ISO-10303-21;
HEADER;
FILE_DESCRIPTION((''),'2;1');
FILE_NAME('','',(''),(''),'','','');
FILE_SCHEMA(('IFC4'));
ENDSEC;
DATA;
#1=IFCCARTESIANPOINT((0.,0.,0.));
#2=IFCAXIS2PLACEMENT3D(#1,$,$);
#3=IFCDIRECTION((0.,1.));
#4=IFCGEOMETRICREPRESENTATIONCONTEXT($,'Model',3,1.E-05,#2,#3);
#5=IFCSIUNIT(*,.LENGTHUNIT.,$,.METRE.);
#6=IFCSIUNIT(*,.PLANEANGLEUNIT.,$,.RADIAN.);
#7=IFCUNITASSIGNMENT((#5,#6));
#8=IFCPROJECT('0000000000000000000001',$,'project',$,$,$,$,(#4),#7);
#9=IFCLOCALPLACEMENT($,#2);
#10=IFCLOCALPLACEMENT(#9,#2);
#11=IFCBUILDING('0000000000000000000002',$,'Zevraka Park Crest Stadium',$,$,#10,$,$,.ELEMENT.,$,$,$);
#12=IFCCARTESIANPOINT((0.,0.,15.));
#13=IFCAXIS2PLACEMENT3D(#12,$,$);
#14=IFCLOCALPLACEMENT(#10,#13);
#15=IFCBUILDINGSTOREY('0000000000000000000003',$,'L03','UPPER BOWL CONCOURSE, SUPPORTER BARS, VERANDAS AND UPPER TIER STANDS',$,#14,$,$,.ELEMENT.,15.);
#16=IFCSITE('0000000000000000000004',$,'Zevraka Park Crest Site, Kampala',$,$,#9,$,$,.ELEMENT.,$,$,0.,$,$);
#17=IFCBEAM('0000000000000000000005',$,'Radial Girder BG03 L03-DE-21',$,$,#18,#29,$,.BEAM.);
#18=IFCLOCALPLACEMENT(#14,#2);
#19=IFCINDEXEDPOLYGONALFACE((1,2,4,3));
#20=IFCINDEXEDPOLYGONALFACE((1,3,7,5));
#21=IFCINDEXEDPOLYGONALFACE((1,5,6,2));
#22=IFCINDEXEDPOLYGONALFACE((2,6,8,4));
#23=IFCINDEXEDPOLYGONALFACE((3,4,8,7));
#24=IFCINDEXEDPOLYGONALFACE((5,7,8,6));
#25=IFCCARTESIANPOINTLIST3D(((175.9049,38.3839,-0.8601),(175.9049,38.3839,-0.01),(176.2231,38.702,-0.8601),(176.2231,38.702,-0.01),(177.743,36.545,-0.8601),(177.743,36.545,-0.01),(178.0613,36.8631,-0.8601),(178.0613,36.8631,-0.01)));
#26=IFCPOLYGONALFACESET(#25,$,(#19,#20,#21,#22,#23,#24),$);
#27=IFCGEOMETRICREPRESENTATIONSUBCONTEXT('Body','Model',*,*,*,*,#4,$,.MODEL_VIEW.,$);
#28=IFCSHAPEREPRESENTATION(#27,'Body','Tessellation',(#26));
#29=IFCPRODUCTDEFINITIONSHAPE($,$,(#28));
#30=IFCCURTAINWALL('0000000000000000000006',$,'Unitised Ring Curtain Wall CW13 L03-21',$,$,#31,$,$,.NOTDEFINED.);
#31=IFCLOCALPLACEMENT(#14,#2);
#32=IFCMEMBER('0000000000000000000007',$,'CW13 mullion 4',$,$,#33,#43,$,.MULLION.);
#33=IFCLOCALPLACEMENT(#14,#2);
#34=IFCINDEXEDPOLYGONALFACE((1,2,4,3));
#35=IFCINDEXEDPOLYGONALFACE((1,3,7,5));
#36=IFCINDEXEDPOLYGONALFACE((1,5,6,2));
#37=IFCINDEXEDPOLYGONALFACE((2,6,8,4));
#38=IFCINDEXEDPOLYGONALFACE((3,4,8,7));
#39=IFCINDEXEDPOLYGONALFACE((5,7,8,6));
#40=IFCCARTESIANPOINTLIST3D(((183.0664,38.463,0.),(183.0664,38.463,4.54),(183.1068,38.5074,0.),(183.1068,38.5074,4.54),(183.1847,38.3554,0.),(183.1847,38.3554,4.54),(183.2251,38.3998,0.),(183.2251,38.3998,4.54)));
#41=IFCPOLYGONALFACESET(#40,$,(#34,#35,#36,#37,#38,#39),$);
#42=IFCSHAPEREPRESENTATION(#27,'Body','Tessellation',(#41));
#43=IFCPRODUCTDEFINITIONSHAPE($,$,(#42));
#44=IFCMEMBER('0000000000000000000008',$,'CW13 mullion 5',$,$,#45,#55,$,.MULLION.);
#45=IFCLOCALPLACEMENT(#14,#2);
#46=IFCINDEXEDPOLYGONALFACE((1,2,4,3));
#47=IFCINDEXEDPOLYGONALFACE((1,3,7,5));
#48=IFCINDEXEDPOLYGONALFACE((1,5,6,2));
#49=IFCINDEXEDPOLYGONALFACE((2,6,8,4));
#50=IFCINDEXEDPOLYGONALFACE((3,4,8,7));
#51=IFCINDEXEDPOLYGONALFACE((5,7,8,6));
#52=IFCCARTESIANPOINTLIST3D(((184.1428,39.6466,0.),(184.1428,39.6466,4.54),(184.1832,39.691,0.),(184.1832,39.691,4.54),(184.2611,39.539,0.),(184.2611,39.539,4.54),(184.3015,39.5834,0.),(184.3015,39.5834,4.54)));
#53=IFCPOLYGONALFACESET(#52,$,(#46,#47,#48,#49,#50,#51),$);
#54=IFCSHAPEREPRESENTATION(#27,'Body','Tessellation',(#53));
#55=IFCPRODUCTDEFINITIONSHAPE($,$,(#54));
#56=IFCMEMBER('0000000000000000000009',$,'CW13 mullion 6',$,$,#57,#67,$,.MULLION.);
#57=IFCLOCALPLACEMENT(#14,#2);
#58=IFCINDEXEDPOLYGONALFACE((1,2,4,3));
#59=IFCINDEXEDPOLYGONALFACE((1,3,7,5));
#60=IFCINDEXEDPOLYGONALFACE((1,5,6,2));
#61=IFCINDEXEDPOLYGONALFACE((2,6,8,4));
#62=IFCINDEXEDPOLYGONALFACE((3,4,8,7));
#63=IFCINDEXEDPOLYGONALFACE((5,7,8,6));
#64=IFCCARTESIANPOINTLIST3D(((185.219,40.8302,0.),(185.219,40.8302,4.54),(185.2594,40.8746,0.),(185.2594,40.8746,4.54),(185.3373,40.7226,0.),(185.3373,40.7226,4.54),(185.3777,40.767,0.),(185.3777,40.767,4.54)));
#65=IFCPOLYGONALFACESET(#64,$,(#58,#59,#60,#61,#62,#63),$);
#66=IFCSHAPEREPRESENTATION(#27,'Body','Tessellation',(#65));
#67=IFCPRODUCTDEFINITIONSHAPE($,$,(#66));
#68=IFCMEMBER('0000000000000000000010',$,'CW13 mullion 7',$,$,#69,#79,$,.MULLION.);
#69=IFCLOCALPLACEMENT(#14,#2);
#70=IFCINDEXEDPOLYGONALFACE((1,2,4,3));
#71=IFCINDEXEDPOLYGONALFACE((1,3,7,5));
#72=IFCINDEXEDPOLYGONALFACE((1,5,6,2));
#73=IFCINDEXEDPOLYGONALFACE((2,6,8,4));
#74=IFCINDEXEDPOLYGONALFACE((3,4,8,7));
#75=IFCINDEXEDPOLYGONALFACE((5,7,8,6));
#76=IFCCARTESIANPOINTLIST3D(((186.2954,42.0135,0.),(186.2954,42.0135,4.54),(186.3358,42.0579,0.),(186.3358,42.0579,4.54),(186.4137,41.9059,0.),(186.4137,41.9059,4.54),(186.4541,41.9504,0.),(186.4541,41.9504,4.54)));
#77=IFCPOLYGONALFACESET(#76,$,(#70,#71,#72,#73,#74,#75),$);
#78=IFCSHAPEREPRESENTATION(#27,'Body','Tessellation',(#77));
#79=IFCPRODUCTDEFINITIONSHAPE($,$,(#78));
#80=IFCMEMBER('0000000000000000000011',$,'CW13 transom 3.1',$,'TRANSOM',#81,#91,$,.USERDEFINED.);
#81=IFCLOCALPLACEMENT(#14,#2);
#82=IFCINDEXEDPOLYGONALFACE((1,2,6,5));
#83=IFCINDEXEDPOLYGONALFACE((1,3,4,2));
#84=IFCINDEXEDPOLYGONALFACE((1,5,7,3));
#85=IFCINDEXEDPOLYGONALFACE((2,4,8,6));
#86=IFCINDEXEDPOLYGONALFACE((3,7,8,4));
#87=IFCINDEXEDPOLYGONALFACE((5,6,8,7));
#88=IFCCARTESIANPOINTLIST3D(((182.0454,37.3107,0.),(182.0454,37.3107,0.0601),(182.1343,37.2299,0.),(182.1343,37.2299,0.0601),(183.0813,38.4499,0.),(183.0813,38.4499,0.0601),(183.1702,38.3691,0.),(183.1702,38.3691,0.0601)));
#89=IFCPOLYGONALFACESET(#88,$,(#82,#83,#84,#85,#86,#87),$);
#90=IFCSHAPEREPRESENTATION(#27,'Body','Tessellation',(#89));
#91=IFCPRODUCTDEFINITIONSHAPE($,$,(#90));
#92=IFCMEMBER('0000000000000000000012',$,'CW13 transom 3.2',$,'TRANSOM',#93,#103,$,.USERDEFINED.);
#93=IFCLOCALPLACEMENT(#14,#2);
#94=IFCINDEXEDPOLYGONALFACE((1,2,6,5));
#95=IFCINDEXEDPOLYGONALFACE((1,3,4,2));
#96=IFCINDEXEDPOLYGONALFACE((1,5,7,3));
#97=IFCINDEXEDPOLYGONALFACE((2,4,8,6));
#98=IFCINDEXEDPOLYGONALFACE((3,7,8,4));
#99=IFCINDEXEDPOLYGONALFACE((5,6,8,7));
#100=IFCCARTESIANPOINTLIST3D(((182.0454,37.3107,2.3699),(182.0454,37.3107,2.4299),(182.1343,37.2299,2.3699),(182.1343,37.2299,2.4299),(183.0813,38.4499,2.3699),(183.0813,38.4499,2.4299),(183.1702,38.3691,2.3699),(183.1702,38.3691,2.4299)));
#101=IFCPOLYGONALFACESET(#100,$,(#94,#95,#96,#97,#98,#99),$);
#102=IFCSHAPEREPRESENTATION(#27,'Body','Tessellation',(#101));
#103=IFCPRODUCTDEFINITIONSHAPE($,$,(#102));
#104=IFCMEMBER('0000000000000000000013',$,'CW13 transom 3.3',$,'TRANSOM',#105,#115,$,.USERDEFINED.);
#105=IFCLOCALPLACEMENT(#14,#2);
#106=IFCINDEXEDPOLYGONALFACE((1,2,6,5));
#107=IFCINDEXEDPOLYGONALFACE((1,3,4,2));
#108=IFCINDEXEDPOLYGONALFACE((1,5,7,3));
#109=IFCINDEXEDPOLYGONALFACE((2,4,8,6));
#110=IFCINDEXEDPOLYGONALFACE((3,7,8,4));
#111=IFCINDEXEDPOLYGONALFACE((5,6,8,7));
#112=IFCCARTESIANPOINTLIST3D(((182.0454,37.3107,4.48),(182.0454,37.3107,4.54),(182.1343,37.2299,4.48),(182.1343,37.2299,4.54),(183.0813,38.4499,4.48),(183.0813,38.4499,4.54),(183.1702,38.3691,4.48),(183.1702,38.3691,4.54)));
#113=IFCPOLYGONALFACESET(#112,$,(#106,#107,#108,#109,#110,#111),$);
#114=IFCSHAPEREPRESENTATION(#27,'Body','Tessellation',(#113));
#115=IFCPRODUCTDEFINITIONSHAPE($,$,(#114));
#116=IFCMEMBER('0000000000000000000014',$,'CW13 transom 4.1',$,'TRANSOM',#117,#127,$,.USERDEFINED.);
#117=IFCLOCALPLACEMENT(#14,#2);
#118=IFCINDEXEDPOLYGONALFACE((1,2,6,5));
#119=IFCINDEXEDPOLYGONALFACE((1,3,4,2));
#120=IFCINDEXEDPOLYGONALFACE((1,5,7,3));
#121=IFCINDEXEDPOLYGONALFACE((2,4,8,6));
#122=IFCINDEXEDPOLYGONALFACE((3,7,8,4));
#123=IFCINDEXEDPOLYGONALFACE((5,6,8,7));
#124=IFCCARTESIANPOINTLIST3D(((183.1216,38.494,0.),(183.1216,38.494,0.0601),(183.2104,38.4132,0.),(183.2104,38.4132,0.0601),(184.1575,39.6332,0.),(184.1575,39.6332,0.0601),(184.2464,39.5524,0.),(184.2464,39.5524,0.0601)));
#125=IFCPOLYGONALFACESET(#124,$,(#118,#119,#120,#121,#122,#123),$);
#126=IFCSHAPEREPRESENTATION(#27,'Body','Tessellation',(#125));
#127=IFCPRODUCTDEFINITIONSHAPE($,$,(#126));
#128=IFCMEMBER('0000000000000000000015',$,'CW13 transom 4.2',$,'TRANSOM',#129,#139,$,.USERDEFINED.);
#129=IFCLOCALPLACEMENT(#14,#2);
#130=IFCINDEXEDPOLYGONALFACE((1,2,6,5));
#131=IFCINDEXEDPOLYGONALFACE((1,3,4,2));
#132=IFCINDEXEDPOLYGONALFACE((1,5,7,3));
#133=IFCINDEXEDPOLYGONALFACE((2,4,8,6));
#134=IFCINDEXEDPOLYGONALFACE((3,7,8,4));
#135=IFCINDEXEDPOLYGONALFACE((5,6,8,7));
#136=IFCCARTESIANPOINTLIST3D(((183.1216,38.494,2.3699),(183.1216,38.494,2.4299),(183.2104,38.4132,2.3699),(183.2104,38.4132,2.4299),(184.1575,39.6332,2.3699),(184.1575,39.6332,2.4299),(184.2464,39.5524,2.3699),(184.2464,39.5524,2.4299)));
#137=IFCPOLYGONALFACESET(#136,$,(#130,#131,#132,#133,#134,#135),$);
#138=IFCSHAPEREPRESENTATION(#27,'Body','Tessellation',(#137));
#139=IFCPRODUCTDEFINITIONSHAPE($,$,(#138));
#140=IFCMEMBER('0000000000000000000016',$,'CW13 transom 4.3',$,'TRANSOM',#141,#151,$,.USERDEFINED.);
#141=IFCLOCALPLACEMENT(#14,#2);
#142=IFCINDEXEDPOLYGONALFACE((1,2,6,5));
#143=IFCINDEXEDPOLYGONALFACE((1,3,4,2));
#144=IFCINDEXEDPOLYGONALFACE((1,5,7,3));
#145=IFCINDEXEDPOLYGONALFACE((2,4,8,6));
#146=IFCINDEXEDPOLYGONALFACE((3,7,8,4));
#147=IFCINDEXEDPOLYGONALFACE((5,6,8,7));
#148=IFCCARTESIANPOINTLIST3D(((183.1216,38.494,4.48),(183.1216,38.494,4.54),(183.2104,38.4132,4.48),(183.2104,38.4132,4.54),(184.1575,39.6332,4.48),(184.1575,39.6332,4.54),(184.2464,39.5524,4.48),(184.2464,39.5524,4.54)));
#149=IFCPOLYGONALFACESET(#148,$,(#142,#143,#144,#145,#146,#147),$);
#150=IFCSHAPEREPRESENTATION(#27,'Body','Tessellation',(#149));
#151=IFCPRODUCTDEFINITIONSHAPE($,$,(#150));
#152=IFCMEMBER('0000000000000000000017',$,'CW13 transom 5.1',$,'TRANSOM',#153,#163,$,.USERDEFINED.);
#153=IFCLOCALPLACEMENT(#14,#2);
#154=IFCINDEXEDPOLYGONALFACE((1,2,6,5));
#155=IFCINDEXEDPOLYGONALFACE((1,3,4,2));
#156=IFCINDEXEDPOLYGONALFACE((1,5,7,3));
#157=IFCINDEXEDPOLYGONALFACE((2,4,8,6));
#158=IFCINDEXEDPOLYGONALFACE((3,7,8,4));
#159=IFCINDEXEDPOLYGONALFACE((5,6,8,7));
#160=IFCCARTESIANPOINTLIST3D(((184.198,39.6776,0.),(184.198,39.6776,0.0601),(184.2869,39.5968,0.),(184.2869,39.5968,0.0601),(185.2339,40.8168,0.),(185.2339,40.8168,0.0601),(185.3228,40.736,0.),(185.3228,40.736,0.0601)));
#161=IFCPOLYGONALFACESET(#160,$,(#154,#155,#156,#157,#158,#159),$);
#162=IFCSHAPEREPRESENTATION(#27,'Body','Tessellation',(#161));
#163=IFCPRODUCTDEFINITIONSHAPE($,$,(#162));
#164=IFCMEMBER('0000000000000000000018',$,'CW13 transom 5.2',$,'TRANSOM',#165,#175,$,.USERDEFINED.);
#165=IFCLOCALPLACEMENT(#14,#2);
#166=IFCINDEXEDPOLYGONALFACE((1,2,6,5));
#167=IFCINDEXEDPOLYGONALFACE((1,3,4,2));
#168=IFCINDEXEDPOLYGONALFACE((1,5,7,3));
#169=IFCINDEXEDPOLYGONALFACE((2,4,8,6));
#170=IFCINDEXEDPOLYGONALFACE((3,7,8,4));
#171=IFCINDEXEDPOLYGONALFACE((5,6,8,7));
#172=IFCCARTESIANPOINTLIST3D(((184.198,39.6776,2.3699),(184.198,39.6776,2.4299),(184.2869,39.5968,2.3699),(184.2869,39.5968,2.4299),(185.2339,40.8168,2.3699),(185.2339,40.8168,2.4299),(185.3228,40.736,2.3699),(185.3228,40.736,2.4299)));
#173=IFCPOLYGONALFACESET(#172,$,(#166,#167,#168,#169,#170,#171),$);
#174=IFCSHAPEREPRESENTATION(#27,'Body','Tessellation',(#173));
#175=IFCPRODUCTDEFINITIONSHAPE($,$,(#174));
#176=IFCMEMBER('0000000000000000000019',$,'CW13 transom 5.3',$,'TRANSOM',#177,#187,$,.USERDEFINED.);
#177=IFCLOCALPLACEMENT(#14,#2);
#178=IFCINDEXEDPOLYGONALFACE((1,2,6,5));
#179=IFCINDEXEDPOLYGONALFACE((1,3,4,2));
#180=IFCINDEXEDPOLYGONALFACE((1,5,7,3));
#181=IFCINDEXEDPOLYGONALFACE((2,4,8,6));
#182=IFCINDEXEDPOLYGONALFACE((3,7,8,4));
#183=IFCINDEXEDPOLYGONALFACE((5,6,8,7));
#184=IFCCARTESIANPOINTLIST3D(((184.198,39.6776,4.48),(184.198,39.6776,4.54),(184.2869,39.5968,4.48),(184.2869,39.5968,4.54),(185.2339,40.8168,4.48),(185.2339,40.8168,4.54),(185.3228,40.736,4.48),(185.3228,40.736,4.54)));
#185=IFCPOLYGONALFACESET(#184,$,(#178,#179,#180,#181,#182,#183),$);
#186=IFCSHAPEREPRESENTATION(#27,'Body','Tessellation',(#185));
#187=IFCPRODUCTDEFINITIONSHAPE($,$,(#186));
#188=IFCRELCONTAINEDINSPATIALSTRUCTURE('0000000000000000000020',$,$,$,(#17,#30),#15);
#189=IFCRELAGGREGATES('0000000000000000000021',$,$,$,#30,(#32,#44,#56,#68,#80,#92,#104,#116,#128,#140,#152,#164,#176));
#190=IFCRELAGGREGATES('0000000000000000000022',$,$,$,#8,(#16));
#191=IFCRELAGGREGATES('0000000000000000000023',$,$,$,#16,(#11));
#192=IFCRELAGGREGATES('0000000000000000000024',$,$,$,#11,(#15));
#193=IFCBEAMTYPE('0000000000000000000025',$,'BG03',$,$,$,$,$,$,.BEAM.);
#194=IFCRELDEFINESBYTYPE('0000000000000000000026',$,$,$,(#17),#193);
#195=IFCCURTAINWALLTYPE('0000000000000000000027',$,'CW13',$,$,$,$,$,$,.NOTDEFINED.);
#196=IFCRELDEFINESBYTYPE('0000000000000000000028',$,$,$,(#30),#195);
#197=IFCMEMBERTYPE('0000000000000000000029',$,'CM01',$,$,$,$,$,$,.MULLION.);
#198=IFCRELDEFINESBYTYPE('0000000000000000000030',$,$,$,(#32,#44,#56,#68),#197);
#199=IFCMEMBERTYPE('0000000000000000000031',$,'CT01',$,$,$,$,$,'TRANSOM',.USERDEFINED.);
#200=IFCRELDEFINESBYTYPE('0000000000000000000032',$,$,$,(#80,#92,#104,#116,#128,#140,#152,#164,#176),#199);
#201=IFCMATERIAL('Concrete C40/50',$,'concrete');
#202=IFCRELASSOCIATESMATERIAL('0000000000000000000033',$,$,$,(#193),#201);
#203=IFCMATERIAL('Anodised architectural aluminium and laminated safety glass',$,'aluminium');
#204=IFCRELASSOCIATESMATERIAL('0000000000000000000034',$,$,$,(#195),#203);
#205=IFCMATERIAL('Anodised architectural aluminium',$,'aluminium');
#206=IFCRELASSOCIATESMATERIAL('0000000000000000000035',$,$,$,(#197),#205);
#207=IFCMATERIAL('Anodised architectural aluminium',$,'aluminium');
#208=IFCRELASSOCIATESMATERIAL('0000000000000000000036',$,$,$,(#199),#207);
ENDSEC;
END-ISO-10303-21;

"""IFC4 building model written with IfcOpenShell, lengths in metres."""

from ifc_helpers import new_model, si_unit, direction, frame, origin, origin_2d, place, context, subcontext, project, spatial, rectangle, extrude, material, material_profile, profile_set, type_object, element, aggregate, save


model = new_model("IFC4")

# Units and contexts
model_context = context("Model", 3, precision=1e-05, world=origin(), true_north=direction((0.0, 1.0)))
body_context = subcontext(model_context, "Body", "Model", "MODEL_VIEW")
ifc_project = project(units=[si_unit("LENGTHUNIT", "METRE"), si_unit("PLANEANGLEUNIT", "RADIAN")], contexts=[model_context])

# Site, building, storey
site_placement = place(None, origin())
site = spatial("IfcSite", under=ifc_project, at=site_placement, Name="Zevraka Park Crest Site, Kampala", CompositionType="ELEMENT", RefElevation=0.0)
building_placement = place(site_placement, origin())
building = spatial("IfcBuilding", under=site, at=building_placement, Name="Zevraka Park Crest Stadium", CompositionType="ELEMENT")
storey_placement = place(building_placement, frame((0.0, 0.0, 15.0)))
storey = spatial("IfcBuildingStorey", under=building, at=storey_placement, Name="L03", Description="UPPER BOWL CONCOURSE, SUPPORTER BARS, VERANDAS AND UPPER TIER STANDS", CompositionType="ELEMENT", Elevation=15.0)

# Beam
ifc_material_1 = material(Name="Concrete C40/50", Category="concrete")
ifc_material_profile_1 = material_profile(ifc_material_1, rectangle(XDim=0.45, YDim=0.8501, at=origin_2d()), Name="RC 850x450")
ifc_profile_set_1 = profile_set([ifc_material_profile_1], Name="Concrete C40/50")
beam_type_1 = type_object("IfcBeamType", Name="BG03", PredefinedType="BEAM", material=ifc_profile_set_1)
beam_1_placement = place(storey_placement, frame((176.064, 38.543, -0.4351), z_axis=(0.706966, -0.707248, 0.0), x_axis=(0.707248, 0.706966, 0.0)))
element("IfcBeam", 1, at=beam_1_placement, inside=storey, type_object=beam_type_1, Name="Radial Girder BG03 L03-DE-21", PredefinedType="BEAM", context=body_context, shape_type="SweptSolid", body=[
    extrude(rectangle(XDim=0.45, YDim=0.8501, at=origin_2d()), origin(), (0.0, 0.0, 1.0), 2.6001),
])

# Curtain wall, members
ifc_material_2 = material(Name="Anodised architectural aluminium and laminated safety glass", Category="aluminium")
curtain_wall_type = type_object("IfcCurtainWallType", Name="CW13", PredefinedType="NOTDEFINED", material=ifc_material_2)
curtain_wall_placement = place(storey_placement, origin())
curtain_wall = element("IfcCurtainWall", 2, at=curtain_wall_placement, inside=storey, type_object=curtain_wall_type, Name="Unitised Ring Curtain Wall CW13 L03-21", PredefinedType="NOTDEFINED")
ifc_material_3 = material(Name="Anodised architectural aluminium", Category="aluminium")
ifc_material_profile_2 = material_profile(ifc_material_3, rectangle(XDim=0.1599, YDim=0.0601, at=origin_2d()), Name="ALU MULLION 160x60")
ifc_profile_set_2 = profile_set([ifc_material_profile_2], Name="Anodised architectural aluminium")
member_type_1 = type_object("IfcMemberType", Name="CM01", PredefinedType="MULLION", material=ifc_profile_set_2)
member_1_placement = place(storey_placement, frame((183.1458, 38.4314, 0.0), z_axis=(0.0, 0.0, 1.0), x_axis=(-0.739823, 0.672802, 0.0)))
member_1 = element("IfcMember", 3, at=member_1_placement, type_object=member_type_1, Name="CW13 mullion 4", PredefinedType="MULLION", context=body_context, shape_type="SweptSolid", body=[
    extrude(rectangle(XDim=0.1599, YDim=0.0601, at=origin_2d()), origin(), (0.0, 0.0, 1.0), 4.54),
])
member_2_placement = place(storey_placement, frame((184.2222, 39.615, 0.0), z_axis=(0.0, 0.0, 1.0), x_axis=(-0.739823, 0.672802, 0.0)))
member_2 = element("IfcMember", 4, at=member_2_placement, type_object=member_type_1, Name="CW13 mullion 5", PredefinedType="MULLION", context=body_context, shape_type="SweptSolid", body=[
    extrude(rectangle(XDim=0.1599, YDim=0.0601, at=origin_2d()), origin(), (0.0, 0.0, 1.0), 4.54),
])
member_3_placement = place(storey_placement, frame((185.2983, 40.7986, 0.0), z_axis=(0.0, 0.0, 1.0), x_axis=(-0.739823, 0.672802, 0.0)))
member_3 = element("IfcMember", 5, at=member_3_placement, type_object=member_type_1, Name="CW13 mullion 6", PredefinedType="MULLION", context=body_context, shape_type="SweptSolid", body=[
    extrude(rectangle(XDim=0.1599, YDim=0.0601, at=origin_2d()), origin(), (0.0, 0.0, 1.0), 4.54),
])
member_4_placement = place(storey_placement, frame((186.3748, 41.9819, 0.0), z_axis=(0.0, 0.0, 1.0), x_axis=(-0.739823, 0.672802, 0.0)))
member_4 = element("IfcMember", 6, at=member_4_placement, type_object=member_type_1, Name="CW13 mullion 7", PredefinedType="MULLION", context=body_context, shape_type="SweptSolid", body=[
    extrude(rectangle(XDim=0.1599, YDim=0.0601, at=origin_2d()), origin(), (0.0, 0.0, 1.0), 4.54),
])
ifc_material_4 = material(Name="Anodised architectural aluminium", Category="aluminium")
ifc_material_profile_3 = material_profile(ifc_material_4, rectangle(XDim=0.1201, YDim=0.0601, at=origin_2d()), Name="ALU TRANSOM 120x60")
ifc_profile_set_3 = profile_set([ifc_material_profile_3], Name="Anodised architectural aluminium")
member_type_2 = type_object("IfcMemberType", Name="CT01", ElementType="TRANSOM", PredefinedType="USERDEFINED", material=ifc_profile_set_3)
member_5_placement = place(storey_placement, frame((182.0898, 37.2703, 0.03), z_axis=(0.672775, 0.739847, 0.0), x_axis=(-0.739847, 0.672775, 0.0)))
member_5 = element("IfcMember", 7, at=member_5_placement, type_object=member_type_2, Name="CW13 transom 3.1", ObjectType="TRANSOM", PredefinedType="USERDEFINED", context=body_context, shape_type="SweptSolid", body=[
    extrude(rectangle(XDim=0.1201, YDim=0.0601, at=origin_2d()), origin(), (0.0, 0.0, 1.0), 1.5398),
])
member_6_placement = place(storey_placement, frame((182.0898, 37.2703, 2.3999), z_axis=(0.672775, 0.739847, 0.0), x_axis=(-0.739847, 0.672775, 0.0)))
member_6 = element("IfcMember", 8, at=member_6_placement, type_object=member_type_2, Name="CW13 transom 3.2", ObjectType="TRANSOM", PredefinedType="USERDEFINED", context=body_context, shape_type="SweptSolid", body=[
    extrude(rectangle(XDim=0.1201, YDim=0.0601, at=origin_2d()), origin(), (0.0, 0.0, 1.0), 1.5398),
])
member_7_placement = place(storey_placement, frame((182.0898, 37.2703, 4.51), z_axis=(0.672775, 0.739847, 0.0), x_axis=(-0.739847, 0.672775, 0.0)))
member_7 = element("IfcMember", 9, at=member_7_placement, type_object=member_type_2, Name="CW13 transom 3.3", ObjectType="TRANSOM", PredefinedType="USERDEFINED", context=body_context, shape_type="SweptSolid", body=[
    extrude(rectangle(XDim=0.1201, YDim=0.0601, at=origin_2d()), origin(), (0.0, 0.0, 1.0), 1.5398),
])
member_8_placement = place(storey_placement, frame((183.166, 38.4536, 0.03), z_axis=(0.672775, 0.739847, 0.0), x_axis=(-0.739847, 0.672775, 0.0)))
member_8 = element("IfcMember", 10, at=member_8_placement, type_object=member_type_2, Name="CW13 transom 4.1", ObjectType="TRANSOM", PredefinedType="USERDEFINED", context=body_context, shape_type="SweptSolid", body=[
    extrude(rectangle(XDim=0.1201, YDim=0.0601, at=origin_2d()), origin(), (0.0, 0.0, 1.0), 1.5398),
])
member_9_placement = place(storey_placement, frame((183.166, 38.4536, 2.3999), z_axis=(0.672775, 0.739847, 0.0), x_axis=(-0.739847, 0.672775, 0.0)))
member_9 = element("IfcMember", 11, at=member_9_placement, type_object=member_type_2, Name="CW13 transom 4.2", ObjectType="TRANSOM", PredefinedType="USERDEFINED", context=body_context, shape_type="SweptSolid", body=[
    extrude(rectangle(XDim=0.1201, YDim=0.0601, at=origin_2d()), origin(), (0.0, 0.0, 1.0), 1.5398),
])
member_10_placement = place(storey_placement, frame((183.166, 38.4536, 4.51), z_axis=(0.672775, 0.739847, 0.0), x_axis=(-0.739847, 0.672775, 0.0)))
member_10 = element("IfcMember", 12, at=member_10_placement, type_object=member_type_2, Name="CW13 transom 4.3", ObjectType="TRANSOM", PredefinedType="USERDEFINED", context=body_context, shape_type="SweptSolid", body=[
    extrude(rectangle(XDim=0.1201, YDim=0.0601, at=origin_2d()), origin(), (0.0, 0.0, 1.0), 1.5398),
])
member_11_placement = place(storey_placement, frame((184.2424, 39.6372, 0.03), z_axis=(0.672775, 0.739847, 0.0), x_axis=(-0.739847, 0.672775, 0.0)))
member_11 = element("IfcMember", 13, at=member_11_placement, type_object=member_type_2, Name="CW13 transom 5.1", ObjectType="TRANSOM", PredefinedType="USERDEFINED", context=body_context, shape_type="SweptSolid", body=[
    extrude(rectangle(XDim=0.1201, YDim=0.0601, at=origin_2d()), origin(), (0.0, 0.0, 1.0), 1.5398),
])
member_12_placement = place(storey_placement, frame((184.2424, 39.6372, 2.3999), z_axis=(0.672775, 0.739847, 0.0), x_axis=(-0.739847, 0.672775, 0.0)))
member_12 = element("IfcMember", 14, at=member_12_placement, type_object=member_type_2, Name="CW13 transom 5.2", ObjectType="TRANSOM", PredefinedType="USERDEFINED", context=body_context, shape_type="SweptSolid", body=[
    extrude(rectangle(XDim=0.1201, YDim=0.0601, at=origin_2d()), origin(), (0.0, 0.0, 1.0), 1.5398),
])
member_13_placement = place(storey_placement, frame((184.2424, 39.6372, 4.51), z_axis=(0.672775, 0.739847, 0.0), x_axis=(-0.739847, 0.672775, 0.0)))
member_13 = element("IfcMember", 15, at=member_13_placement, type_object=member_type_2, Name="CW13 transom 5.3", ObjectType="TRANSOM", PredefinedType="USERDEFINED", context=body_context, shape_type="SweptSolid", body=[
    extrude(rectangle(XDim=0.1201, YDim=0.0601, at=origin_2d()), origin(), (0.0, 0.0, 1.0), 1.5398),
])

aggregate(curtain_wall, [member_1, member_2, member_3, member_4, member_5, member_6, member_7, member_8, member_9, member_10, member_11, member_12, member_13])

save(model, "model.ifc")
